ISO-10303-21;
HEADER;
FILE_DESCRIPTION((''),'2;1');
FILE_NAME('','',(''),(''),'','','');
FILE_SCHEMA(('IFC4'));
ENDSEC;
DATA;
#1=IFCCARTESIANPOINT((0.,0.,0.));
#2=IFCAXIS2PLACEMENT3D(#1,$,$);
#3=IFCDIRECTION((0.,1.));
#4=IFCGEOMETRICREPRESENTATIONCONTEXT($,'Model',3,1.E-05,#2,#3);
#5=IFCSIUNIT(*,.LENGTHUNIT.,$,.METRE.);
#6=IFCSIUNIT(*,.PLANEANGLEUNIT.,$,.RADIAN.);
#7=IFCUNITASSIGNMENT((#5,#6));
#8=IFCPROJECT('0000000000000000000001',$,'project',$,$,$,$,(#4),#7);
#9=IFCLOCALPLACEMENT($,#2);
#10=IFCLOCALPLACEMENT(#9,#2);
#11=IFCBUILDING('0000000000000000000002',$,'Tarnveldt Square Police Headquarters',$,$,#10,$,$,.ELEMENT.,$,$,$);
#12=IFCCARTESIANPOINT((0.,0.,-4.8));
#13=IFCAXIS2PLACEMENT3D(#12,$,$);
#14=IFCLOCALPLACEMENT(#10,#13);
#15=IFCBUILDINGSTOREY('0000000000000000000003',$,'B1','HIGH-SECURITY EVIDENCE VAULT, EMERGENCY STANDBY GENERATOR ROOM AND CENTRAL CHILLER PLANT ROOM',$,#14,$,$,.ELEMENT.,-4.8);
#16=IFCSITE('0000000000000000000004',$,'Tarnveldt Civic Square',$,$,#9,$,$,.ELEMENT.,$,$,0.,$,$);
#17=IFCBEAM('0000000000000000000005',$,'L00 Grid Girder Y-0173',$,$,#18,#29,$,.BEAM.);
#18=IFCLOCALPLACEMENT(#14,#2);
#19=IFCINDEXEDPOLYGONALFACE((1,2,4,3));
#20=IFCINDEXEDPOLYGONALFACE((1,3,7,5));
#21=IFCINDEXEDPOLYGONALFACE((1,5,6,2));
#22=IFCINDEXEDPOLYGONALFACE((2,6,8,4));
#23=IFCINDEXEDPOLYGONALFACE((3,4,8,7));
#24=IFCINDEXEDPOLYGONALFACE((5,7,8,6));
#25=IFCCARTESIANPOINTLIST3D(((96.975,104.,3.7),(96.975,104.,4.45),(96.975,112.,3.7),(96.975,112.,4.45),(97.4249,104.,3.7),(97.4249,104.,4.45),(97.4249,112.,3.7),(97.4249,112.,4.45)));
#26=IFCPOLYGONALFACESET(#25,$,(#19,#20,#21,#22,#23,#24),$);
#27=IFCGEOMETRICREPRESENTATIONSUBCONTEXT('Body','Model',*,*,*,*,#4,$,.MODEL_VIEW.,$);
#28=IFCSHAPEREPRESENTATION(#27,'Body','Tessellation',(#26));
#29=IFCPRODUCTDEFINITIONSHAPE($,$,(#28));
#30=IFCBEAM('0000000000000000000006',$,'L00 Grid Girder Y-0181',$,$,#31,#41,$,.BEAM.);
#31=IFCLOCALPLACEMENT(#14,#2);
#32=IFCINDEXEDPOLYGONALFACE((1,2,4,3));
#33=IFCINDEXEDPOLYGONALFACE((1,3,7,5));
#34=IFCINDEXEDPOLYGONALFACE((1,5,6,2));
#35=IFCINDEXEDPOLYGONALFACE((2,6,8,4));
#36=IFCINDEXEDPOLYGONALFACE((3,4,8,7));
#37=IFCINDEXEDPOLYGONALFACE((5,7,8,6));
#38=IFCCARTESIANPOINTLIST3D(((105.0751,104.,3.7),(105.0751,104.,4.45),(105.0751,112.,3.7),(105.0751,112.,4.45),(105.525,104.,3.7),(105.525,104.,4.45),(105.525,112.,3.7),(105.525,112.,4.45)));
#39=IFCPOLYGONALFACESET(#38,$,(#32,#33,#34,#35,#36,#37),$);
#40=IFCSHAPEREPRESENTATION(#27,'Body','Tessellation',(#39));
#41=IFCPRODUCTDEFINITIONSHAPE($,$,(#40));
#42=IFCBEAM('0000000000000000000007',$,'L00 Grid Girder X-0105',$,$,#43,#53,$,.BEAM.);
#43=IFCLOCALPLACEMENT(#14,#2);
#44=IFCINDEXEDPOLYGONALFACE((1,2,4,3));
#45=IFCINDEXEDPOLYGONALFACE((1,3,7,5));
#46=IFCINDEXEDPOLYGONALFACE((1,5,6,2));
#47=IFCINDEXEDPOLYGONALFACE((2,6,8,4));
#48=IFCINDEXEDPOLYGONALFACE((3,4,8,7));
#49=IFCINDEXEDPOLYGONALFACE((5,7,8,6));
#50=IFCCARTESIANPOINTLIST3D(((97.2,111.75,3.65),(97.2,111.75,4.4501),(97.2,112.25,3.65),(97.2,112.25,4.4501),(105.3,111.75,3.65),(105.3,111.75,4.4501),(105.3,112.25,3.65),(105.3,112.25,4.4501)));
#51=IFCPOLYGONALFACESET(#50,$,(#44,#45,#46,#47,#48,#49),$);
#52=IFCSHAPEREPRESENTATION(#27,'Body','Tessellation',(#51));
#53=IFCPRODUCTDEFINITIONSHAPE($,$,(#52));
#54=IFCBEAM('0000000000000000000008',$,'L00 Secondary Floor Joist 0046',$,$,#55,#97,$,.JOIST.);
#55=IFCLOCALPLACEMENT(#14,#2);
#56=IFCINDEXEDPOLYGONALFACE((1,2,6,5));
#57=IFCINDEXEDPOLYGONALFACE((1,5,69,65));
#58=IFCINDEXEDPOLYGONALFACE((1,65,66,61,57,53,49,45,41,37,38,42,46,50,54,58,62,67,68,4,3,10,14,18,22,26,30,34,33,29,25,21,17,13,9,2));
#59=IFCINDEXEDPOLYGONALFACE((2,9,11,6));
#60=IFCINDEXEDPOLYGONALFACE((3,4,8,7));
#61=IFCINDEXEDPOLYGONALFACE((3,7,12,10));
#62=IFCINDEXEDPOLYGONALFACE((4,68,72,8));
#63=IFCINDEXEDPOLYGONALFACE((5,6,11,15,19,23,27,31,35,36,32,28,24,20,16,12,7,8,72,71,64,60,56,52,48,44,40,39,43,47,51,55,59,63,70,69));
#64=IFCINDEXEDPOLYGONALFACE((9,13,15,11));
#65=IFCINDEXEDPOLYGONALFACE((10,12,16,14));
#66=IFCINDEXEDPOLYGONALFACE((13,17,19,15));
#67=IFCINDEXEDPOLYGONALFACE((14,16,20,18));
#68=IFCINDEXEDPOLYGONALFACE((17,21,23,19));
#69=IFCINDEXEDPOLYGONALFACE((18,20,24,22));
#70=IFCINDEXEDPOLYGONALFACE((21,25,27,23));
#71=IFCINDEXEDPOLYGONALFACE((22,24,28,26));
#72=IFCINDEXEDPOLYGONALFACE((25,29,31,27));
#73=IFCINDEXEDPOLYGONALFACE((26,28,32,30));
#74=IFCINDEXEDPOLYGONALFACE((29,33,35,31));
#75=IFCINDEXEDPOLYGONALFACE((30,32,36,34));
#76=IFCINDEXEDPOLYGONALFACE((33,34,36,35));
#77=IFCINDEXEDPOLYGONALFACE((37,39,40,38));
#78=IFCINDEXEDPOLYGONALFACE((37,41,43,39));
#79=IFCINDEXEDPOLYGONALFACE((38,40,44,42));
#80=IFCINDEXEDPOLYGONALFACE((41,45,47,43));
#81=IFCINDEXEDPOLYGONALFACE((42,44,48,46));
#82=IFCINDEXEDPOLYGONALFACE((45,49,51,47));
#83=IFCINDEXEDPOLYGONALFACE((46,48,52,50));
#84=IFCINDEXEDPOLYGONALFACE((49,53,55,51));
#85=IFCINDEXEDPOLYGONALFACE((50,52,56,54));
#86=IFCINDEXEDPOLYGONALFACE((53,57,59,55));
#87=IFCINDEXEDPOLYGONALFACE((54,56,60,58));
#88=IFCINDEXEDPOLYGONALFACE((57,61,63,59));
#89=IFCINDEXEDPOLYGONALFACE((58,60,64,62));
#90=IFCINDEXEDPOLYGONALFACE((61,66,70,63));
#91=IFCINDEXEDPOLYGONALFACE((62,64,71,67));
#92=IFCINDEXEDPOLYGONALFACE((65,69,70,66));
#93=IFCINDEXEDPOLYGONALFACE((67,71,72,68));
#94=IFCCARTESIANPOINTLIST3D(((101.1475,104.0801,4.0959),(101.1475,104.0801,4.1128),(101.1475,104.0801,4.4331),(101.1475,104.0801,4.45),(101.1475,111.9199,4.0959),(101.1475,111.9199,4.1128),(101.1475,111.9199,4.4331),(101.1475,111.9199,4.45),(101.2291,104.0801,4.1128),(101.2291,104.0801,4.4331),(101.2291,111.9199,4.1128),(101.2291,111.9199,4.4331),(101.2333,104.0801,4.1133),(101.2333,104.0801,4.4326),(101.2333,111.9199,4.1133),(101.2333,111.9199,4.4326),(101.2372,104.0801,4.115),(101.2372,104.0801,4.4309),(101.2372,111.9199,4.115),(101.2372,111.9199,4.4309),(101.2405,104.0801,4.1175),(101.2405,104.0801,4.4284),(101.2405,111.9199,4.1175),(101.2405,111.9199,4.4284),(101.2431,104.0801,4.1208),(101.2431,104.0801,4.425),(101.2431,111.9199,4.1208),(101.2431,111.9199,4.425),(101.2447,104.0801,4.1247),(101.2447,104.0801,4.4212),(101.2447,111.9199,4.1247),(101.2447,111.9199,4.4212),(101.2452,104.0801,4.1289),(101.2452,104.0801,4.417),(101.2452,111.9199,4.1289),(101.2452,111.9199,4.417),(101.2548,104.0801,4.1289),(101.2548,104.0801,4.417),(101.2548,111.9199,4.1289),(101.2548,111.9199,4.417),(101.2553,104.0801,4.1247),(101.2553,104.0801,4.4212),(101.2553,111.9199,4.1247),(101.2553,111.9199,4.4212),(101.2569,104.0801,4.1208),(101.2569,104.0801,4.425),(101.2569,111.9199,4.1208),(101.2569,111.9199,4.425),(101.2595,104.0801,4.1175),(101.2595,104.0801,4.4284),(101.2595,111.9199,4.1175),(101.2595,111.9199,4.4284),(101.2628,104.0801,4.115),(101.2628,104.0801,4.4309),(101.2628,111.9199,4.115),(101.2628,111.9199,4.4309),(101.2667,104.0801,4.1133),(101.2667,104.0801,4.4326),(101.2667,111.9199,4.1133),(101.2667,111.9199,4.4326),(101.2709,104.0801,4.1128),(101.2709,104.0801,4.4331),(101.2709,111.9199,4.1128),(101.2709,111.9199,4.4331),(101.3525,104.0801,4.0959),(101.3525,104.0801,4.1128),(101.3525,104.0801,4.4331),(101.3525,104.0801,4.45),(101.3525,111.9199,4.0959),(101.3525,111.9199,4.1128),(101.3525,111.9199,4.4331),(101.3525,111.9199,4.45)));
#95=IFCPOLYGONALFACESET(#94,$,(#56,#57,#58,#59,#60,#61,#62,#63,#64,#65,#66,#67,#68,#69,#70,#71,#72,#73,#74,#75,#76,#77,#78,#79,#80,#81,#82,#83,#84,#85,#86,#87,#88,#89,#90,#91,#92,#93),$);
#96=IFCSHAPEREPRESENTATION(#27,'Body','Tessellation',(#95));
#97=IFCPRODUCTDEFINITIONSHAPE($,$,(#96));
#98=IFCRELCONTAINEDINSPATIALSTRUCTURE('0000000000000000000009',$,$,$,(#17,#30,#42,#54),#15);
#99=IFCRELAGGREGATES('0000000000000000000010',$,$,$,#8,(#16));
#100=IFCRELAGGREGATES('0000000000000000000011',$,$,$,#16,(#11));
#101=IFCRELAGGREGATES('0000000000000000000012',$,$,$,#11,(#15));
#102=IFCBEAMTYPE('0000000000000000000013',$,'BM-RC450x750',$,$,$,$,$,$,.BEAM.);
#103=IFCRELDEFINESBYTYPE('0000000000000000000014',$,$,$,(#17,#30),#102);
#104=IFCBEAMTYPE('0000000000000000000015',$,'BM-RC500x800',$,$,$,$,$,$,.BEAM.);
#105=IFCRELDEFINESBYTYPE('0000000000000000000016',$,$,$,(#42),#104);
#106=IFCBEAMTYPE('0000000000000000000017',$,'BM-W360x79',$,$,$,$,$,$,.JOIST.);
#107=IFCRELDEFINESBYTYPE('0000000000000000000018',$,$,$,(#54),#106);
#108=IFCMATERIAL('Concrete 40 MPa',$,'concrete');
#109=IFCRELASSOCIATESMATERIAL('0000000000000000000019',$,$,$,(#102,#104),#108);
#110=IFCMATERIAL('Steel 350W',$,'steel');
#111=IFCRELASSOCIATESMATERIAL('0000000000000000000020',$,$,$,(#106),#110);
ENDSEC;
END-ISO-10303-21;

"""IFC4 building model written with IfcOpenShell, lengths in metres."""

from ifc_helpers import new_model, si_unit, direction, frame, origin, origin_2d, place, context, subcontext, project, spatial, rectangle, i_section, extrude, material, material_profile, profile_set, type_object, element, save


model = new_model("IFC4")

# Units and contexts
model_context = context("Model", 3, precision=1e-05, world=origin(), true_north=direction((0.0, 1.0)))
body_context = subcontext(model_context, "Body", "Model", "MODEL_VIEW")
ifc_project = project(units=[si_unit("LENGTHUNIT", "METRE"), si_unit("PLANEANGLEUNIT", "RADIAN")], contexts=[model_context])

# Site, building, storey
site_placement = place(None, origin())
site = spatial("IfcSite", under=ifc_project, at=site_placement, Name="Tarnveldt Civic Square", CompositionType="ELEMENT", RefElevation=0.0)
building_placement = place(site_placement, origin())
building = spatial("IfcBuilding", under=site, at=building_placement, Name="Tarnveldt Square Police Headquarters", CompositionType="ELEMENT")
storey_placement = place(building_placement, frame((0.0, 0.0, -4.8)))
storey = spatial("IfcBuildingStorey", under=building, at=storey_placement, Name="B1", Description="HIGH-SECURITY EVIDENCE VAULT, EMERGENCY STANDBY GENERATOR ROOM AND CENTRAL CHILLER PLANT ROOM", CompositionType="ELEMENT", Elevation=-4.8)

# Shared definitions
ifc_material_1 = material(Name="Concrete 40 MPa", Category="concrete")

# Beams
ifc_material_profile_1 = material_profile(ifc_material_1, rectangle(XDim=0.45, YDim=0.75, at=origin_2d()), Name="RC-B450x750")
ifc_profile_set_1 = profile_set([ifc_material_profile_1], Name="Concrete 40 MPa")
beam_type_1 = type_object("IfcBeamType", Name="BM-RC450x750", PredefinedType="BEAM", material=ifc_profile_set_1)
for number, where, z_axis, x_axis, name in (
    (1, (97.2, 104.0, 4.075), (0.0, 1.0, 0.0), (-1.0, 0.0, 0.0), "L00 Grid Girder Y-0173"),
    (2, (105.3, 104.0, 4.075), (0.0, 1.0, 0.0), (-1.0, 0.0, 0.0), "L00 Grid Girder Y-0181"),
):
    element("IfcBeam", number, at=place(storey_placement, frame(where, z_axis=z_axis, x_axis=x_axis)), inside=storey, type_object=beam_type_1, Name=name, PredefinedType="BEAM", context=body_context, shape_type="SweptSolid", body=[
        extrude(rectangle(XDim=0.45, YDim=0.75, at=origin_2d()), origin(), (0.0, 0.0, 1.0), 8.0),
    ])
ifc_material_profile_2 = material_profile(ifc_material_1, rectangle(XDim=0.5, YDim=0.8, at=origin_2d()), Name="RC-B500x800")
ifc_profile_set_2 = profile_set([ifc_material_profile_2], Name="Concrete 40 MPa")
beam_type_2 = type_object("IfcBeamType", Name="BM-RC500x800", PredefinedType="BEAM", material=ifc_profile_set_2)
beam_1_placement = place(storey_placement, frame((97.2, 112.0, 4.05), z_axis=(1.0, 0.0, 0.0), x_axis=(0.0, 1.0, 0.0)))
element("IfcBeam", 3, at=beam_1_placement, inside=storey, type_object=beam_type_2, Name="L00 Grid Girder X-0105", PredefinedType="BEAM", context=body_context, shape_type="SweptSolid", body=[
    extrude(rectangle(XDim=0.5, YDim=0.8, at=origin_2d()), origin(), (0.0, 0.0, 1.0), 8.1001),
])
ifc_material_2 = material(Name="Steel 350W", Category="steel")
ifc_material_profile_3 = material_profile(ifc_material_2, i_section(OverallWidth=0.2051, OverallDepth=0.354, WebThickness=0.0095, FlangeThickness=0.0168, FilletRadius=0.0161, at=origin_2d()), Name="W360x79")
ifc_profile_set_3 = profile_set([ifc_material_profile_3], Name="Steel 350W")
beam_type_3 = type_object("IfcBeamType", Name="BM-W360x79", PredefinedType="JOIST", material=ifc_profile_set_3)
beam_2_placement = place(storey_placement, frame((101.25, 104.0801, 4.2729), z_axis=(0.0, 1.0, 0.0), x_axis=(-1.0, 0.0, 0.0)))
element("IfcBeam", 4, at=beam_2_placement, inside=storey, type_object=beam_type_3, Name="L00 Secondary Floor Joist 0046", PredefinedType="JOIST", context=body_context, shape_type="SweptSolid", body=[
    extrude(i_section(OverallWidth=0.2051, OverallDepth=0.354, WebThickness=0.0095, FlangeThickness=0.0168, FilletRadius=0.0161, at=origin_2d()), origin(), (0.0, 0.0, 1.0), 7.8398),
])

save(model, "model.ifc")
